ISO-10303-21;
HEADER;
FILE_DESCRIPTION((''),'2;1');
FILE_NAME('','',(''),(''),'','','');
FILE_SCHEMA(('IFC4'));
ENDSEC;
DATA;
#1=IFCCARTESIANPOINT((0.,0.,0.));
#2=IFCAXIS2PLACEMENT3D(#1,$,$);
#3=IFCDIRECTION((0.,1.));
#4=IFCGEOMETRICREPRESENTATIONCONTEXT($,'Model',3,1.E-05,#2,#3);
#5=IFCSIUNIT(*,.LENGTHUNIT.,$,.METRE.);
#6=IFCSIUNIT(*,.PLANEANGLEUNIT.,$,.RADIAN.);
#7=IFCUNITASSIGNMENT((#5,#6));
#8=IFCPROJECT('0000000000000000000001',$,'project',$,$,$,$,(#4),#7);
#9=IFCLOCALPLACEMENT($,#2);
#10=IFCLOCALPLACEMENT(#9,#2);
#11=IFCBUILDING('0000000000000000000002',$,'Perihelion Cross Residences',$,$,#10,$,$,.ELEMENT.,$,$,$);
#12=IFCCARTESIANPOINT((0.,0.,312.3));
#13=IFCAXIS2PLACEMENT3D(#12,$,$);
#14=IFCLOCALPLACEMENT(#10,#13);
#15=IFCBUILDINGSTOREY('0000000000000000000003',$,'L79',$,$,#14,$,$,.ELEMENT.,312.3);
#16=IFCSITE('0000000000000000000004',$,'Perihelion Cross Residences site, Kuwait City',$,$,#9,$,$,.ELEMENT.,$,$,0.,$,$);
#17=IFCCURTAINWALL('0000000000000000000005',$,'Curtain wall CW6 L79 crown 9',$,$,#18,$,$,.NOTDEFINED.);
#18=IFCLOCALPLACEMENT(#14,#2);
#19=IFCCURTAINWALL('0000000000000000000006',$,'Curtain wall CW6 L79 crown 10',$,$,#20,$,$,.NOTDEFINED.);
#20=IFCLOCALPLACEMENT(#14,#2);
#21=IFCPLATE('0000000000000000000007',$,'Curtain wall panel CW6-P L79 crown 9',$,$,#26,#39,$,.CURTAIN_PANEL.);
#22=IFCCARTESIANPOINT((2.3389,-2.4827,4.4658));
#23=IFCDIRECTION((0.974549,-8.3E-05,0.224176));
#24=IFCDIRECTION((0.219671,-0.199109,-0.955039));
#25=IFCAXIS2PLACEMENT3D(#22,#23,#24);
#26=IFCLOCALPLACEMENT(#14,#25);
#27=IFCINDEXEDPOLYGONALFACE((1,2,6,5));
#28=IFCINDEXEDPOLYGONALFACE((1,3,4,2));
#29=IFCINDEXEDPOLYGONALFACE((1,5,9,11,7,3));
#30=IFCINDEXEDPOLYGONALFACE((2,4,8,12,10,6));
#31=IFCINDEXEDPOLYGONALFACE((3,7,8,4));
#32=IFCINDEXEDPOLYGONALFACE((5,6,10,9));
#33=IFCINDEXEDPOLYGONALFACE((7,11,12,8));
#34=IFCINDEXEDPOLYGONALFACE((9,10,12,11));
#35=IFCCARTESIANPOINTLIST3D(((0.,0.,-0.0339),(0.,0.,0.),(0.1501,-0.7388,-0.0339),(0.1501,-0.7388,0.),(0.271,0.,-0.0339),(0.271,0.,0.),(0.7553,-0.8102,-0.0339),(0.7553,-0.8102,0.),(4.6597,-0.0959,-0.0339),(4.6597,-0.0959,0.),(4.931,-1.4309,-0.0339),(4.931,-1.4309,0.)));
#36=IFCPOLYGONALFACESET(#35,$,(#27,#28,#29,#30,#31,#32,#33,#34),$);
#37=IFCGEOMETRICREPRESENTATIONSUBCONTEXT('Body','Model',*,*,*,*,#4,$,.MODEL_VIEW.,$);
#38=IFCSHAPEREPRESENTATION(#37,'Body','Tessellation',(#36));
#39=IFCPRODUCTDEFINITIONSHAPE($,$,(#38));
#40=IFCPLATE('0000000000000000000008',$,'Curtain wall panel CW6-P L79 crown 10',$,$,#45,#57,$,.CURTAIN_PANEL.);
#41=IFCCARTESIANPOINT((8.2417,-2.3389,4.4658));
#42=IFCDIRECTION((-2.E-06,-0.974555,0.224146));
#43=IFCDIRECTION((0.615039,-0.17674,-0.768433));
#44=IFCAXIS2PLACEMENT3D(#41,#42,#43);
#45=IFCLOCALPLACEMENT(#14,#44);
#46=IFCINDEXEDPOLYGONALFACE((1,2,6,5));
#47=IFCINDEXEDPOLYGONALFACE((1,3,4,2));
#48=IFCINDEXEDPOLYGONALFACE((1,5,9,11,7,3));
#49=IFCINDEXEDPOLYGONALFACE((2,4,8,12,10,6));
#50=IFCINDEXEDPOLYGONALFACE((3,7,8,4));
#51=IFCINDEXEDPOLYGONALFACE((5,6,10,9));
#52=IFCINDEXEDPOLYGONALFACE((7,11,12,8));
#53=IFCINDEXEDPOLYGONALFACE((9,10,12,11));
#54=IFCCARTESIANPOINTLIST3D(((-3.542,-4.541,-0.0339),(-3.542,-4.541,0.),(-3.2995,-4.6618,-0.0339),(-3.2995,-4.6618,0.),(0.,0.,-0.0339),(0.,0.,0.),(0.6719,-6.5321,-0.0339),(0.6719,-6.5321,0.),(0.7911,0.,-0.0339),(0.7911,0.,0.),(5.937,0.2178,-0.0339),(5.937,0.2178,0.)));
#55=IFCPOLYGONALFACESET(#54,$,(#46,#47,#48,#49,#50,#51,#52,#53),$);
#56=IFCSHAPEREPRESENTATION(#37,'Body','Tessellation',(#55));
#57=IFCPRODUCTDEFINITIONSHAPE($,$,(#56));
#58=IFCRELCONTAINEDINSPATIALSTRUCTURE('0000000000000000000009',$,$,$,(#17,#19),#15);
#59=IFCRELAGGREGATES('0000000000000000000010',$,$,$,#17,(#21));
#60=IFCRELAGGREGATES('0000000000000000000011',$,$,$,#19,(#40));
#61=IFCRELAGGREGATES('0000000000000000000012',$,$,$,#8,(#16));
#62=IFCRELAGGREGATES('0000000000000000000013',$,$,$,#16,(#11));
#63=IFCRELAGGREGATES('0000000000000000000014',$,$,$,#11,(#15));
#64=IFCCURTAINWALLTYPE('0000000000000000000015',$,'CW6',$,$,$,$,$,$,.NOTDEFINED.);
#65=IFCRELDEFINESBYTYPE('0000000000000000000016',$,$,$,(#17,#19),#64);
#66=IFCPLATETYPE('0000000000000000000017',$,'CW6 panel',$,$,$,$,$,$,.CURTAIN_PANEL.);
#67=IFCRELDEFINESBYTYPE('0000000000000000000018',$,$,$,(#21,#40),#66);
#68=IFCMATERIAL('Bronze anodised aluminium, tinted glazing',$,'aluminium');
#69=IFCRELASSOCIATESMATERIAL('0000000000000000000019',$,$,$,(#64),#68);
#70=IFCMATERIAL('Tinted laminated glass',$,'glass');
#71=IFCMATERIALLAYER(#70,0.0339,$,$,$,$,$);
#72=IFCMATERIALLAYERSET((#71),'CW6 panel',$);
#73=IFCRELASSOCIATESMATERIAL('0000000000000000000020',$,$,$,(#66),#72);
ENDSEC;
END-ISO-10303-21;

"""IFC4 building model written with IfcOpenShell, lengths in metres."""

from ifc_helpers import new_model, si_unit, direction, frame, origin, place, context, subcontext, project, spatial, polyline, outline, extrude, material, layer, layer_set, type_object, element, aggregate, save


model = new_model("IFC4")

# Units and contexts
model_context = context("Model", 3, precision=1e-05, world=origin(), true_north=direction((0.0, 1.0)))
body_context = subcontext(model_context, "Body", "Model", "MODEL_VIEW")
ifc_project = project(units=[si_unit("LENGTHUNIT", "METRE"), si_unit("PLANEANGLEUNIT", "RADIAN")], contexts=[model_context])

# Site, building, storey
site_placement = place(None, origin())
site = spatial("IfcSite", under=ifc_project, at=site_placement, Name="Perihelion Cross Residences site, Kuwait City", CompositionType="ELEMENT", RefElevation=0.0)
building_placement = place(site_placement, origin())
building = spatial("IfcBuilding", under=site, at=building_placement, Name="Perihelion Cross Residences", CompositionType="ELEMENT")
storey_placement = place(building_placement, frame((0.0, 0.0, 312.3)))
storey = spatial("IfcBuildingStorey", under=building, at=storey_placement, Name="L79", CompositionType="ELEMENT", Elevation=312.3)

# Curtain walls
ifc_material_1 = material(Name="Bronze anodised aluminium, tinted glazing", Category="aluminium")
curtain_wall_type = type_object("IfcCurtainWallType", Name="CW6", PredefinedType="NOTDEFINED", material=ifc_material_1)
curtain_wall_1_placement = place(storey_placement, origin())
curtain_wall_1 = element("IfcCurtainWall", 1, at=curtain_wall_1_placement, inside=storey, type_object=curtain_wall_type, Name="Curtain wall CW6 L79 crown 9", PredefinedType="NOTDEFINED")
curtain_wall_2_placement = place(storey_placement, origin())
curtain_wall_2 = element("IfcCurtainWall", 2, at=curtain_wall_2_placement, inside=storey, type_object=curtain_wall_type, Name="Curtain wall CW6 L79 crown 10", PredefinedType="NOTDEFINED")

# Plates
ifc_material_2 = material(Name="Tinted laminated glass", Category="glass")
ifc_layer_1 = layer(ifc_material_2, 0.0339)
ifc_layer_set_1 = layer_set([ifc_layer_1], Name="CW6 panel")
plate_type_1 = type_object("IfcPlateType", Name="CW6 panel", PredefinedType="CURTAIN_PANEL", material=ifc_layer_set_1)
plate_1_placement = place(storey_placement, frame((2.3389, -2.4827, 4.4658), z_axis=(0.974549, -0.000083, 0.224176), x_axis=(0.219671, -0.199109, -0.955039)))
plate_1 = element("IfcPlate", 3, at=plate_1_placement, type_object=plate_type_1, Name="Curtain wall panel CW6-P L79 crown 9", PredefinedType="CURTAIN_PANEL", context=body_context, shape_type="SweptSolid", body=[
    extrude(outline(polyline([(0.0, 0.0), (0.271, 0.0), (4.6597, -0.0959), (4.931, -1.4309), (0.7553, -0.8102), (0.1501, -0.7388), (0.0, 0.0)])), origin(), (0.0, 0.0, -1.0), 0.0339),
])
aggregate(curtain_wall_1, [plate_1])
plate_2_placement = place(storey_placement, frame((8.2417, -2.3389, 4.4658), z_axis=(-0.000002, -0.974555, 0.224146), x_axis=(0.615039, -0.17674, -0.768433)))
plate_2 = element("IfcPlate", 4, at=plate_2_placement, type_object=plate_type_1, Name="Curtain wall panel CW6-P L79 crown 10", PredefinedType="CURTAIN_PANEL", context=body_context, shape_type="SweptSolid", body=[
    extrude(outline(polyline([(0.0, 0.0), (0.7911, 0.0), (5.937, 0.2178), (0.6719, -6.5321), (-3.2995, -4.6618), (-3.542, -4.541), (0.0, 0.0)])), origin(), (0.0, 0.0, -1.0), 0.0339),
])
aggregate(curtain_wall_2, [plate_2])

save(model, "model.ifc")
